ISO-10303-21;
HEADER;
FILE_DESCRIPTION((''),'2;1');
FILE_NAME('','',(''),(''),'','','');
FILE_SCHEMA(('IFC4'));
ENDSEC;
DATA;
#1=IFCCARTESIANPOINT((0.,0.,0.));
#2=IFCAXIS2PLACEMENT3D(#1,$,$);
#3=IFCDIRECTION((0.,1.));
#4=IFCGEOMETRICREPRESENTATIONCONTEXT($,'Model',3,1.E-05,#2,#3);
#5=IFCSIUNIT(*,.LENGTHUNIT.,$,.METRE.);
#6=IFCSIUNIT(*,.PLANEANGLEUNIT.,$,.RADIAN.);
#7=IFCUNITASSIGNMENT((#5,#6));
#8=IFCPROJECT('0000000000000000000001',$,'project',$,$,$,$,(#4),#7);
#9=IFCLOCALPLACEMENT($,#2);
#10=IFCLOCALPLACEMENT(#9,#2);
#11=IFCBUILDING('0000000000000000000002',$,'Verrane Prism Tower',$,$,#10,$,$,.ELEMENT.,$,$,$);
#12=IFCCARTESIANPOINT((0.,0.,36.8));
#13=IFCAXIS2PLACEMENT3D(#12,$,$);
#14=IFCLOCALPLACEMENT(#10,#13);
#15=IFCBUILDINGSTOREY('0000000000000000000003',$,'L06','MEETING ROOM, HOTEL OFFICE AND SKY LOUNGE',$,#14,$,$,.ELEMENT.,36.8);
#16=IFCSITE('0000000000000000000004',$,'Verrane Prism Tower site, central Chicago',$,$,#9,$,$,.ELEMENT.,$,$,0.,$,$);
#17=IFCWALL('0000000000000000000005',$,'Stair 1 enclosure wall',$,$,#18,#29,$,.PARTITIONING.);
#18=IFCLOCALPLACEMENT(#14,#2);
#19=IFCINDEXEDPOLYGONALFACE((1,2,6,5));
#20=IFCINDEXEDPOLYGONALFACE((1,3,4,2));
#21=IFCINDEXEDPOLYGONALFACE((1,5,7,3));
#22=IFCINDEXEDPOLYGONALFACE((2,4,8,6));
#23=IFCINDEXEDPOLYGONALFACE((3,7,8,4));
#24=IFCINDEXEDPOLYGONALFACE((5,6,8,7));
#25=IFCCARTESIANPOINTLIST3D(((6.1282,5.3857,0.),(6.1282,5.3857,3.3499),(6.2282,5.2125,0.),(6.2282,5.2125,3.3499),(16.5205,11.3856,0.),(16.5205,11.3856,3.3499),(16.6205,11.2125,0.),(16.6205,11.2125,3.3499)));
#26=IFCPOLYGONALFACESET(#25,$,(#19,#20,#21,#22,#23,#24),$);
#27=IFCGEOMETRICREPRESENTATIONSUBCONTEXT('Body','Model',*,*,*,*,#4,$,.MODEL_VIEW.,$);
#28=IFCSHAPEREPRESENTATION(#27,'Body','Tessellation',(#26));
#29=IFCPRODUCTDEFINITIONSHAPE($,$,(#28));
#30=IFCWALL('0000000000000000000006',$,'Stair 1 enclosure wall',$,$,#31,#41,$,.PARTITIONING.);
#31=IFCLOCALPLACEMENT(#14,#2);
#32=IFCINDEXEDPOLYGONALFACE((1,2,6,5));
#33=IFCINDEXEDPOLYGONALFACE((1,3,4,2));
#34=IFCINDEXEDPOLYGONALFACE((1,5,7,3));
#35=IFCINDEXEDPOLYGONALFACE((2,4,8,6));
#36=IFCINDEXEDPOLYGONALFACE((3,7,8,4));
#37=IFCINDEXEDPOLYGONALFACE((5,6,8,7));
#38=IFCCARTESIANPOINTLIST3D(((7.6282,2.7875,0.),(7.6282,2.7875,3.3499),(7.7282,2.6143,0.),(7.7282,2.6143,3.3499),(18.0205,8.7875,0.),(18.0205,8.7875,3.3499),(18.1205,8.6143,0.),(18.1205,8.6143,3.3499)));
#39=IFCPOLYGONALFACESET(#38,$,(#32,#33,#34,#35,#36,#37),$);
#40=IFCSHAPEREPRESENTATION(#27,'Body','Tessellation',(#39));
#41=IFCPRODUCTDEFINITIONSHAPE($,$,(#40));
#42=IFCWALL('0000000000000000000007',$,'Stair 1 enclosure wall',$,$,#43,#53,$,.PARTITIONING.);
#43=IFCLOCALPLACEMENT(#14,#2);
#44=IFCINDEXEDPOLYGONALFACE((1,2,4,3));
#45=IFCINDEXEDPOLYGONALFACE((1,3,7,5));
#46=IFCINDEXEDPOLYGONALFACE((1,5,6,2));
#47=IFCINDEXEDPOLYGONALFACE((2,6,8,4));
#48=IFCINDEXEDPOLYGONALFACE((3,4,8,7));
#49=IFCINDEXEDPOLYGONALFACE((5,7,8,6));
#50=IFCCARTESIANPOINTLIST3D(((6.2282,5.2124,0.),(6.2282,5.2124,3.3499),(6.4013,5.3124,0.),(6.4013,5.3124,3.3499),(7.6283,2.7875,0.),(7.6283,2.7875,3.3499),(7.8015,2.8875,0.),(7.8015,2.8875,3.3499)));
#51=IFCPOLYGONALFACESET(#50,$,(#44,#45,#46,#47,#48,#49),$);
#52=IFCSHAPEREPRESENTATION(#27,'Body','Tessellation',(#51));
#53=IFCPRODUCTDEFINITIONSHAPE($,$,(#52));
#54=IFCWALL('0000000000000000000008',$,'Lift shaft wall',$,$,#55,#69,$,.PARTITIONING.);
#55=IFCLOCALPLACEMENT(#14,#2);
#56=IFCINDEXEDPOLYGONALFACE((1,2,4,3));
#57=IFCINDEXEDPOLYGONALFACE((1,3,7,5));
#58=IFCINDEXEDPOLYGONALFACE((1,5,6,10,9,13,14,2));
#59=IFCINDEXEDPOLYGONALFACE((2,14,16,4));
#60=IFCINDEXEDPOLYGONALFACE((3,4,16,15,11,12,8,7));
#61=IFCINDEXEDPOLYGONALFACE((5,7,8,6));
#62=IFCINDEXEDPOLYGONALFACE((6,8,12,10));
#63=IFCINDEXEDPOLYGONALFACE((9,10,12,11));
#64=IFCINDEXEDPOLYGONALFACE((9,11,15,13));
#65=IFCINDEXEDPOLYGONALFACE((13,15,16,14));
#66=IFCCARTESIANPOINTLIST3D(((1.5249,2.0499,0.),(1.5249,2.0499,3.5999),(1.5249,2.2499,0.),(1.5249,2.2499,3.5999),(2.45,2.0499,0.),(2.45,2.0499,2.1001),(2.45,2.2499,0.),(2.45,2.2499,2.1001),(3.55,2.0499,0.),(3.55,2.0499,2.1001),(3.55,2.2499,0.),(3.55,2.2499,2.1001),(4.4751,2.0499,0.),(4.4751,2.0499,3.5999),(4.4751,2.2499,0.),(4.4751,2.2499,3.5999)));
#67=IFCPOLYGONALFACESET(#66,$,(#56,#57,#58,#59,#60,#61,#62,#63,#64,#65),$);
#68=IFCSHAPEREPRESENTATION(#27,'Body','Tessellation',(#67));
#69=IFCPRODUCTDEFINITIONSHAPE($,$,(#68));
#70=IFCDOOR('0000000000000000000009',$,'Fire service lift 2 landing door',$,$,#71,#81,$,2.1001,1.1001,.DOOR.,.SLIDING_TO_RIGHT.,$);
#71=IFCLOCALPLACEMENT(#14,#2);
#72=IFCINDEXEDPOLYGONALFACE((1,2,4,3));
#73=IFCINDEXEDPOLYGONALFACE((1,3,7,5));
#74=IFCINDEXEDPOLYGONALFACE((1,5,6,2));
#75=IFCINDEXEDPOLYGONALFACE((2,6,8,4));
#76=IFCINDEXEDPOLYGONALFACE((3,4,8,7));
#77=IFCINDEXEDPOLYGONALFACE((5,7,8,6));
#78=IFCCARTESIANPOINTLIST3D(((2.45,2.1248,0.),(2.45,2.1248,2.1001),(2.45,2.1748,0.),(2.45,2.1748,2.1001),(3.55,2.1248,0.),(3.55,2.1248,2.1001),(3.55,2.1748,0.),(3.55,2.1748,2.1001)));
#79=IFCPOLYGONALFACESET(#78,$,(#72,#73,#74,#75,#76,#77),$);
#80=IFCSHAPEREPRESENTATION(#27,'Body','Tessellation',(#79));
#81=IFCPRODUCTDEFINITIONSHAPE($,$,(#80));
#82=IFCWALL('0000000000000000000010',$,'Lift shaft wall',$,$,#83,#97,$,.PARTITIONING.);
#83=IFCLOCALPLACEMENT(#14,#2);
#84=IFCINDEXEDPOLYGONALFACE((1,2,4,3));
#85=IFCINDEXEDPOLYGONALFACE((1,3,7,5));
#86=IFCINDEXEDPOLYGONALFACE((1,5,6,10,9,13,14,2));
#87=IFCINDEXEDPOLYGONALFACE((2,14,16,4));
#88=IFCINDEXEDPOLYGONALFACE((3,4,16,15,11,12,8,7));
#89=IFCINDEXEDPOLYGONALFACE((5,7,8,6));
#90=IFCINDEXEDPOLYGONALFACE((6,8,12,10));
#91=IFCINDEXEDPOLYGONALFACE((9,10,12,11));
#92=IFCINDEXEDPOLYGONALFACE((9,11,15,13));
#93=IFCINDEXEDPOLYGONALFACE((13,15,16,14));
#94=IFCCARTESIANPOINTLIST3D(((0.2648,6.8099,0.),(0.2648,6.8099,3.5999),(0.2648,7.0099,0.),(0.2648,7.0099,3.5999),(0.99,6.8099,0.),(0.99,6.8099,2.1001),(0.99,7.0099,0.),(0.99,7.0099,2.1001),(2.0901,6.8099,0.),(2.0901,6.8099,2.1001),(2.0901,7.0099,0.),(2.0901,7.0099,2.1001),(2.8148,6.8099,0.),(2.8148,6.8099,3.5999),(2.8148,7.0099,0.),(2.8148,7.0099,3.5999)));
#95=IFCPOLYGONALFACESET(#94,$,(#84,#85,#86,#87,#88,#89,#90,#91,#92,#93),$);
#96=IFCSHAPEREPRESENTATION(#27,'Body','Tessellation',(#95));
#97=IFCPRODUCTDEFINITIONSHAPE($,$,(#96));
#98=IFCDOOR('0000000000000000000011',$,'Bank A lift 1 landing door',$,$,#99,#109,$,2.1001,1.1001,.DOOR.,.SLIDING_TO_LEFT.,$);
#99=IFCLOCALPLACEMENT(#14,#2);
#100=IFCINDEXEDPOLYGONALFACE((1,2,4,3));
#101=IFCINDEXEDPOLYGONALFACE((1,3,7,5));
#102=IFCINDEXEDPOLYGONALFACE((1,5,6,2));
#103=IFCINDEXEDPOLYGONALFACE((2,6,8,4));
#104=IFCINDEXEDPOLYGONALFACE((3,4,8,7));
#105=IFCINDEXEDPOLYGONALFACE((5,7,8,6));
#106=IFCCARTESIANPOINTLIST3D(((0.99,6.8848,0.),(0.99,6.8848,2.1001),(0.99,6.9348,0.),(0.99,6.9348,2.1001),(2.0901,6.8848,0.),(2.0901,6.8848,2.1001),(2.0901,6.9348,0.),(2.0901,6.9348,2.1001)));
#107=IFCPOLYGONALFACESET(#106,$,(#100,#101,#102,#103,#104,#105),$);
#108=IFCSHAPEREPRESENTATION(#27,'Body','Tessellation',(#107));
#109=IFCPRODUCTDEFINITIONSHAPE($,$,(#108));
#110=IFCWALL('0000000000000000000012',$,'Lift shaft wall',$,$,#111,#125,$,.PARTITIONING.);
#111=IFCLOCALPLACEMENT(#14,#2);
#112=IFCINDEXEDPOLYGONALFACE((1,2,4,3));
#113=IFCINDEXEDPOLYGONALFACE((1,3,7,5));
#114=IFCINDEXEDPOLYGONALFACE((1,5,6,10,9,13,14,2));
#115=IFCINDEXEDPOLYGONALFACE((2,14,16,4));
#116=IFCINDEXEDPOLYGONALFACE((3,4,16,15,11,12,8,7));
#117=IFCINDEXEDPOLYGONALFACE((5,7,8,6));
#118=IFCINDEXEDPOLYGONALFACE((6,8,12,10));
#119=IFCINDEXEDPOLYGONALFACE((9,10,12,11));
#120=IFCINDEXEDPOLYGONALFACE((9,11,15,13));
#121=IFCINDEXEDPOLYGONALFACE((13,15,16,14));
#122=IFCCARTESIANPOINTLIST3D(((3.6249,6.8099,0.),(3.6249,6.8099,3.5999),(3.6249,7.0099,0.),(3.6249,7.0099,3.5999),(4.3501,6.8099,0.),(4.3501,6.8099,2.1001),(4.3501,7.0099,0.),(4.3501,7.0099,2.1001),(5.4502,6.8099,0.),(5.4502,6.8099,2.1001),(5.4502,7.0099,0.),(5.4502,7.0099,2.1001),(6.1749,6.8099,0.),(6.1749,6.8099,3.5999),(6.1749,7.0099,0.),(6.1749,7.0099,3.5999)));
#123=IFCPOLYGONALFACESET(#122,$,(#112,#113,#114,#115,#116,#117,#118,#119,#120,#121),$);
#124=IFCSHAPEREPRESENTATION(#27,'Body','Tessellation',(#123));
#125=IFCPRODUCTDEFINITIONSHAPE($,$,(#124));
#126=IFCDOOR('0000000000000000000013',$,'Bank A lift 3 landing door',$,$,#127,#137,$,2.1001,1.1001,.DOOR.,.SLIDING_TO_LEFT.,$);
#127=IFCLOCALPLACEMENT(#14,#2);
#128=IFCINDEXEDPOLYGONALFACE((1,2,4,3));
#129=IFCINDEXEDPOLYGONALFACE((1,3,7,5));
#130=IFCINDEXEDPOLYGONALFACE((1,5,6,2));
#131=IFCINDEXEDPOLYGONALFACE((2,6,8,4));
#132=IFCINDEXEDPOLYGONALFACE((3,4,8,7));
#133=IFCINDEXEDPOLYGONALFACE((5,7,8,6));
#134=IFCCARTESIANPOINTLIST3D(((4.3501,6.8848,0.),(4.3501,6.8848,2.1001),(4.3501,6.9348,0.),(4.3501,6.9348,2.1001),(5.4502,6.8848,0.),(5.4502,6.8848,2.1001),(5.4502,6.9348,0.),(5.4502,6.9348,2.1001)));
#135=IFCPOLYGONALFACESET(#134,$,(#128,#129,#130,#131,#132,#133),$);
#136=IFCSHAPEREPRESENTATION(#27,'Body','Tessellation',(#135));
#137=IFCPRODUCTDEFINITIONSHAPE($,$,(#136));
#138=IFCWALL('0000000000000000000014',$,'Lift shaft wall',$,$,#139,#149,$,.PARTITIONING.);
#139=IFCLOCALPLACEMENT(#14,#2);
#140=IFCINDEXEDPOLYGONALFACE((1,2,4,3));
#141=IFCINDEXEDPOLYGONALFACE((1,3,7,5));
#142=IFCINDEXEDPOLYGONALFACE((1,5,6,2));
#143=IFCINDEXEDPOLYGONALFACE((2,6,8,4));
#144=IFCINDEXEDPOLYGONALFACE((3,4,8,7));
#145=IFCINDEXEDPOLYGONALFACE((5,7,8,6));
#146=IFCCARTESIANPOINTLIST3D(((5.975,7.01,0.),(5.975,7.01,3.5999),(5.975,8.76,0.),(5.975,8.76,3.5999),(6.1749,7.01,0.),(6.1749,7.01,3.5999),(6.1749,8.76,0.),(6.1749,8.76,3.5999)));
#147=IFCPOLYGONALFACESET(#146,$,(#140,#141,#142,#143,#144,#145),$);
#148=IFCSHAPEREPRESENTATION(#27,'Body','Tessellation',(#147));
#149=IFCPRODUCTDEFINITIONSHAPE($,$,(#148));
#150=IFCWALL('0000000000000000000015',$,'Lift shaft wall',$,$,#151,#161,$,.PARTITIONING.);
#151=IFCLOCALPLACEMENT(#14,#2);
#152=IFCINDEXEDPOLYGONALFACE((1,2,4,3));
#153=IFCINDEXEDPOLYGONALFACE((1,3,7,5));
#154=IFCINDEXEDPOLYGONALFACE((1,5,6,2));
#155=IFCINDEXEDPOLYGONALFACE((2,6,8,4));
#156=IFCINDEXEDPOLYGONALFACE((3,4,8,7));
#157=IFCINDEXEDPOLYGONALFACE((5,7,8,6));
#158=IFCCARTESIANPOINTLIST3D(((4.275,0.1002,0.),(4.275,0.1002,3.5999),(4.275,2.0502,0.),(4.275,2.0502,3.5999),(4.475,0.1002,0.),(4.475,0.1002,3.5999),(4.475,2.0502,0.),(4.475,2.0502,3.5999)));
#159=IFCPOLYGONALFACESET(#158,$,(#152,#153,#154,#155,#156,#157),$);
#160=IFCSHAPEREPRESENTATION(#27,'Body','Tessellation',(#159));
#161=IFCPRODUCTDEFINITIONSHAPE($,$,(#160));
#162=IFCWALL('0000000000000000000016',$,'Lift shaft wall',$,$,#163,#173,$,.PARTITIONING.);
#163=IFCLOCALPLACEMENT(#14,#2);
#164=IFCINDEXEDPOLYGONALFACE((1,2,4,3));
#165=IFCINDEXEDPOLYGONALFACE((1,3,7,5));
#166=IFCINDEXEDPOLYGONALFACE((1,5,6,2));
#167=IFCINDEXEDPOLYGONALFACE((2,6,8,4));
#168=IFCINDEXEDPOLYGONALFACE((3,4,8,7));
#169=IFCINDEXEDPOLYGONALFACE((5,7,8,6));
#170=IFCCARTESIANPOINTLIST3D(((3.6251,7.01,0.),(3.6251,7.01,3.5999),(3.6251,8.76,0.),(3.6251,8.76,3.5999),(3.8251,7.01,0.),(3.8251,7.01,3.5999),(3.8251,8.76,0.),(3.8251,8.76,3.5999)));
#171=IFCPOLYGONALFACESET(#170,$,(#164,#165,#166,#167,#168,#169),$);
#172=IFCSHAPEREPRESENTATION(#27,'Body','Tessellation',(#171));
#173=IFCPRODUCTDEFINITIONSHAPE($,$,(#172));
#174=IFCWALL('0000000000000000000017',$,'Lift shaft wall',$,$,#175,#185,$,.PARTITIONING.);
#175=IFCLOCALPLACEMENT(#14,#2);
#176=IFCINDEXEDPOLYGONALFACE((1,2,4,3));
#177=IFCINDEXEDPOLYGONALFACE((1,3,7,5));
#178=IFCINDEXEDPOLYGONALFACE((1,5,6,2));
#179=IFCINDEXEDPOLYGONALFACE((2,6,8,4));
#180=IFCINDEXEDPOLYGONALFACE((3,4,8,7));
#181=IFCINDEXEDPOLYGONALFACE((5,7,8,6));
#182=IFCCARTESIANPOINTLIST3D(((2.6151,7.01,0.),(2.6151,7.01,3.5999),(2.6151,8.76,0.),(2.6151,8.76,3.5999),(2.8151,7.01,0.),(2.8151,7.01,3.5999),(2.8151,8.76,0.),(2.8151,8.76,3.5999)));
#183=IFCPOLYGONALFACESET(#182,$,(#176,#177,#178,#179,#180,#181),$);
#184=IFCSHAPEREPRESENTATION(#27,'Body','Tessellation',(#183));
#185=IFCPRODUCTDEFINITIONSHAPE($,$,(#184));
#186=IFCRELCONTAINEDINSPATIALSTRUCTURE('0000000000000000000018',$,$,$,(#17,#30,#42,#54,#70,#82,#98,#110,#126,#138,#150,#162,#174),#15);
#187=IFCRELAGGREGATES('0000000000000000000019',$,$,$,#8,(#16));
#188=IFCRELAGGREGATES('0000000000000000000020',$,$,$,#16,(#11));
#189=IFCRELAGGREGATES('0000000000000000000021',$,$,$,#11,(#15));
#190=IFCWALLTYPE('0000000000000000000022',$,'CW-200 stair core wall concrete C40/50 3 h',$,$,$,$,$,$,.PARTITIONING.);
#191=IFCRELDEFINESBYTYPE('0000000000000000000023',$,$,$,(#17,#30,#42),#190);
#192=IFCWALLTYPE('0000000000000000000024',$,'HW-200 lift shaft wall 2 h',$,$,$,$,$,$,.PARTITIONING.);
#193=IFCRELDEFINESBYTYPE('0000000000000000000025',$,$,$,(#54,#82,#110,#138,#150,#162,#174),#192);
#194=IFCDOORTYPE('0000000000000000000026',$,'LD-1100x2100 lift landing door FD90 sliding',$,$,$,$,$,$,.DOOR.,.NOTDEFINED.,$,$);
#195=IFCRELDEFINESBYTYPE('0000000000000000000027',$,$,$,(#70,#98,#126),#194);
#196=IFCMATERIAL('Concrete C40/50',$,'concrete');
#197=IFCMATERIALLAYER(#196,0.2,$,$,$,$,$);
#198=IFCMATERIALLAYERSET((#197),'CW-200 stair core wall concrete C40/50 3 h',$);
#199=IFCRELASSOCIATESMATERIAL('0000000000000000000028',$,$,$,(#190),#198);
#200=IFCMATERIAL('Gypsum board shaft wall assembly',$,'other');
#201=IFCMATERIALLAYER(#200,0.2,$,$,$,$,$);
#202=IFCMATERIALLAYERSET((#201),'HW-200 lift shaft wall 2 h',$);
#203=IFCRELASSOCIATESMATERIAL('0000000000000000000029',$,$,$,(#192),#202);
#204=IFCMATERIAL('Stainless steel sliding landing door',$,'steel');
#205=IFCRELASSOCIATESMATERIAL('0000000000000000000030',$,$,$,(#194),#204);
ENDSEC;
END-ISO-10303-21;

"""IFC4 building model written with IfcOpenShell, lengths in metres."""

from ifc_helpers import new_model, si_unit, direction, frame, frame_2d, origin, place, context, subcontext, project, spatial, rectangle, extrude, material, layer, layer_set, type_object, element, fill, save


model = new_model("IFC4")

# Units and contexts
model_context = context("Model", 3, precision=1e-05, world=origin(), true_north=direction((0.0, 1.0)))
body_context = subcontext(model_context, "Body", "Model", "MODEL_VIEW")
ifc_project = project(units=[si_unit("LENGTHUNIT", "METRE"), si_unit("PLANEANGLEUNIT", "RADIAN")], contexts=[model_context])

# Site, building, storey
site_placement = place(None, origin())
site = spatial("IfcSite", under=ifc_project, at=site_placement, Name="Verrane Prism Tower site, central Chicago", CompositionType="ELEMENT", RefElevation=0.0)
building_placement = place(site_placement, origin())
building = spatial("IfcBuilding", under=site, at=building_placement, Name="Verrane Prism Tower", CompositionType="ELEMENT")
storey_placement = place(building_placement, frame((0.0, 0.0, 36.8)))
storey = spatial("IfcBuildingStorey", under=building, at=storey_placement, Name="L06", Description="MEETING ROOM, HOTEL OFFICE AND SKY LOUNGE", CompositionType="ELEMENT", Elevation=36.8)

# Walls
ifc_material_1 = material(Name="Concrete C40/50", Category="concrete")
ifc_layer_1 = layer(ifc_material_1, 0.2)
ifc_layer_set_1 = layer_set([ifc_layer_1], Name="CW-200 stair core wall concrete C40/50 3 h")
wall_type_1 = type_object("IfcWallType", Name="CW-200 stair core wall concrete C40/50 3 h", PredefinedType="PARTITIONING", material=ifc_layer_set_1)
for number, where, z_axis, x_axis, name in (
    (1, (6.1782, 5.2991, 0.0), (0.0, 0.0, 1.0), (0.866026, 0.499999, 0.0), "Stair 1 enclosure wall"),
    (2, (7.6782, 2.7009, 0.0), (0.0, 0.0, 1.0), (0.866026, 0.499999, 0.0), "Stair 1 enclosure wall"),
):
    element("IfcWall", number, at=place(storey_placement, frame(where, z_axis=z_axis, x_axis=x_axis)), inside=storey, type_object=wall_type_1, Name=name, PredefinedType="PARTITIONING", context=body_context, shape_type="SweptSolid", body=[
        extrude(rectangle(XDim=12.0, YDim=0.2, at=frame_2d((6.0, 0.0))), origin(), (0.0, 0.0, 1.0), 3.3499),
    ])
wall_1_placement = place(storey_placement, frame((7.7148, 2.8376, 0.0), z_axis=(0.0, 0.0, 1.0), x_axis=(-0.50005, 0.865997, 0.0)))
element("IfcWall", 3, at=wall_1_placement, inside=storey, type_object=wall_type_1, Name="Stair 1 enclosure wall", PredefinedType="PARTITIONING", context=body_context, shape_type="SweptSolid", body=[
    extrude(rectangle(XDim=2.8, YDim=0.2, at=frame_2d((1.3999, 0.0))), origin(), (0.0, 0.0, 1.0), 3.3499),
])

# Walls, openings, doors
ifc_material_2 = material(Name="Gypsum board shaft wall assembly", Category="other")
ifc_layer_2 = layer(ifc_material_2, 0.2)
ifc_layer_set_2 = layer_set([ifc_layer_2], Name="HW-200 lift shaft wall 2 h")
wall_type_2 = type_object("IfcWallType", Name="HW-200 lift shaft wall 2 h", PredefinedType="PARTITIONING", material=ifc_layer_set_2)
wall_2_placement = place(storey_placement, frame((1.5249, 2.1499, 0.0), z_axis=(0.0, 0.0, 1.0), x_axis=(1.0, 0.0, 0.0)))
wall_2 = element("IfcWall", 4, at=wall_2_placement, inside=storey, type_object=wall_type_2, Name="Lift shaft wall", PredefinedType="PARTITIONING", context=body_context, shape_type="SweptSolid", body=[
    extrude(rectangle(XDim=2.9502, YDim=0.2, at=frame_2d((1.4751, 0.0))), origin(), (0.0, 0.0, 1.0), 3.5999),
])
opening_1_placement = place(wall_2_placement, frame((0.925, 0.0, 0.0)))
opening_1 = element("IfcOpeningElement", 5, at=opening_1_placement, cuts=wall_2, PredefinedType="OPENING", context=body_context, shape_type="SweptSolid", body=[
    extrude(rectangle(XDim=1.1001, YDim=2.1001, at=frame_2d((0.55, 1.05))), frame((0.0, 0.1099, 0.0), z_axis=(0.0, -1.0, 0.0), x_axis=(1.0, 0.0, 0.0)), (0.0, 0.0, 1.0), 0.22),
])
ifc_material_3 = material(Name="Stainless steel sliding landing door", Category="steel")
door_type_1 = type_object("IfcDoorType", Name="LD-1100x2100 lift landing door FD90 sliding", OperationType="NOTDEFINED", PredefinedType="DOOR", material=ifc_material_3)
door_1_placement = place(opening_1_placement, origin())
door_1 = element("IfcDoor", 6, at=door_1_placement, inside=storey, type_object=door_type_1, Name="Fire service lift 2 landing door", OperationType="SLIDING_TO_RIGHT", OverallHeight=2.1001, OverallWidth=1.1001, PredefinedType="DOOR", context=body_context, shape_type="SweptSolid", body=[
    extrude(rectangle(XDim=1.1001, YDim=2.1001, at=frame_2d((0.55, 1.05))), frame((0.0, 0.0249, 0.0), z_axis=(0.0, -1.0, 0.0), x_axis=(1.0, 0.0, 0.0)), (0.0, 0.0, 1.0), 0.05),
])
fill(opening_1, door_1)
wall_3_placement = place(storey_placement, frame((0.2649, 6.9099, 0.0), z_axis=(0.0, 0.0, 1.0), x_axis=(1.0, 0.0, 0.0)))
wall_3 = element("IfcWall", 7, at=wall_3_placement, inside=storey, type_object=wall_type_2, Name="Lift shaft wall", PredefinedType="PARTITIONING", context=body_context, shape_type="SweptSolid", body=[
    extrude(rectangle(XDim=2.55, YDim=0.2, at=frame_2d((1.2749, 0.0))), origin(), (0.0, 0.0, 1.0), 3.5999),
])
opening_2_placement = place(wall_3_placement, frame((0.7251, 0.0, 0.0)))
opening_2 = element("IfcOpeningElement", 8, at=opening_2_placement, cuts=wall_3, PredefinedType="OPENING", context=body_context, shape_type="SweptSolid", body=[
    extrude(rectangle(XDim=1.1001, YDim=2.1001, at=frame_2d((0.55, 1.05))), frame((0.0, 0.1099, 0.0), z_axis=(0.0, -1.0, 0.0), x_axis=(1.0, 0.0, 0.0)), (0.0, 0.0, 1.0), 0.22),
])
door_2_placement = place(opening_2_placement, origin())
door_2 = element("IfcDoor", 9, at=door_2_placement, inside=storey, type_object=door_type_1, Name="Bank A lift 1 landing door", OperationType="SLIDING_TO_LEFT", OverallHeight=2.1001, OverallWidth=1.1001, PredefinedType="DOOR", context=body_context, shape_type="SweptSolid", body=[
    extrude(rectangle(XDim=1.1001, YDim=2.1001, at=frame_2d((0.55, 1.05))), frame((0.0, 0.0249, 0.0), z_axis=(0.0, -1.0, 0.0), x_axis=(1.0, 0.0, 0.0)), (0.0, 0.0, 1.0), 0.05),
])
fill(opening_2, door_2)
wall_4_placement = place(storey_placement, frame((3.625, 6.9099, 0.0), z_axis=(0.0, 0.0, 1.0), x_axis=(1.0, 0.0, 0.0)))
wall_4 = element("IfcWall", 10, at=wall_4_placement, inside=storey, type_object=wall_type_2, Name="Lift shaft wall", PredefinedType="PARTITIONING", context=body_context, shape_type="SweptSolid", body=[
    extrude(rectangle(XDim=2.55, YDim=0.2, at=frame_2d((1.2749, 0.0))), origin(), (0.0, 0.0, 1.0), 3.5999),
])
opening_3_placement = place(wall_4_placement, frame((0.7251, 0.0, 0.0)))
opening_3 = element("IfcOpeningElement", 11, at=opening_3_placement, cuts=wall_4, PredefinedType="OPENING", context=body_context, shape_type="SweptSolid", body=[
    extrude(rectangle(XDim=1.1001, YDim=2.1001, at=frame_2d((0.55, 1.05))), frame((0.0, 0.1099, 0.0), z_axis=(0.0, -1.0, 0.0), x_axis=(1.0, 0.0, 0.0)), (0.0, 0.0, 1.0), 0.22),
])
door_3_placement = place(opening_3_placement, origin())
door_3 = element("IfcDoor", 12, at=door_3_placement, inside=storey, type_object=door_type_1, Name="Bank A lift 3 landing door", OperationType="SLIDING_TO_LEFT", OverallHeight=2.1001, OverallWidth=1.1001, PredefinedType="DOOR", context=body_context, shape_type="SweptSolid", body=[
    extrude(rectangle(XDim=1.1001, YDim=2.1001, at=frame_2d((0.55, 1.05))), frame((0.0, 0.0249, 0.0), z_axis=(0.0, -1.0, 0.0), x_axis=(1.0, 0.0, 0.0)), (0.0, 0.0, 1.0), 0.05),
])
fill(opening_3, door_3)

# Walls
wall_5_placement = place(storey_placement, frame((6.075, 7.01, 0.0), z_axis=(0.0, 0.0, 1.0), x_axis=(0.0, 1.0, 0.0)))
element("IfcWall", 13, at=wall_5_placement, inside=storey, type_object=wall_type_2, Name="Lift shaft wall", PredefinedType="PARTITIONING", context=body_context, shape_type="SweptSolid", body=[
    extrude(rectangle(XDim=1.75, YDim=0.2, at=frame_2d((0.875, 0.0))), origin(), (0.0, 0.0, 1.0), 3.5999),
])
wall_6_placement = place(storey_placement, frame((4.375, 0.1001, 0.0), z_axis=(0.0, 0.0, 1.0), x_axis=(0.0, 1.0, 0.0)))
element("IfcWall", 14, at=wall_6_placement, inside=storey, type_object=wall_type_2, Name="Lift shaft wall", PredefinedType="PARTITIONING", context=body_context, shape_type="SweptSolid", body=[
    extrude(rectangle(XDim=1.95, YDim=0.2, at=frame_2d((0.9751, 0.0))), origin(), (0.0, 0.0, 1.0), 3.5999),
])
for number, where, z_axis, x_axis, name in (
    (15, (3.7251, 7.01, 0.0), (0.0, 0.0, 1.0), (0.0, 1.0, 0.0), "Lift shaft wall"),
    (16, (2.7151, 7.01, 0.0), (0.0, 0.0, 1.0), (0.0, 1.0, 0.0), "Lift shaft wall"),
):
    element("IfcWall", number, at=place(storey_placement, frame(where, z_axis=z_axis, x_axis=x_axis)), inside=storey, type_object=wall_type_2, Name=name, PredefinedType="PARTITIONING", context=body_context, shape_type="SweptSolid", body=[
        extrude(rectangle(XDim=1.75, YDim=0.2, at=frame_2d((0.875, 0.0))), origin(), (0.0, 0.0, 1.0), 3.5999),
    ])

save(model, "model.ifc")
